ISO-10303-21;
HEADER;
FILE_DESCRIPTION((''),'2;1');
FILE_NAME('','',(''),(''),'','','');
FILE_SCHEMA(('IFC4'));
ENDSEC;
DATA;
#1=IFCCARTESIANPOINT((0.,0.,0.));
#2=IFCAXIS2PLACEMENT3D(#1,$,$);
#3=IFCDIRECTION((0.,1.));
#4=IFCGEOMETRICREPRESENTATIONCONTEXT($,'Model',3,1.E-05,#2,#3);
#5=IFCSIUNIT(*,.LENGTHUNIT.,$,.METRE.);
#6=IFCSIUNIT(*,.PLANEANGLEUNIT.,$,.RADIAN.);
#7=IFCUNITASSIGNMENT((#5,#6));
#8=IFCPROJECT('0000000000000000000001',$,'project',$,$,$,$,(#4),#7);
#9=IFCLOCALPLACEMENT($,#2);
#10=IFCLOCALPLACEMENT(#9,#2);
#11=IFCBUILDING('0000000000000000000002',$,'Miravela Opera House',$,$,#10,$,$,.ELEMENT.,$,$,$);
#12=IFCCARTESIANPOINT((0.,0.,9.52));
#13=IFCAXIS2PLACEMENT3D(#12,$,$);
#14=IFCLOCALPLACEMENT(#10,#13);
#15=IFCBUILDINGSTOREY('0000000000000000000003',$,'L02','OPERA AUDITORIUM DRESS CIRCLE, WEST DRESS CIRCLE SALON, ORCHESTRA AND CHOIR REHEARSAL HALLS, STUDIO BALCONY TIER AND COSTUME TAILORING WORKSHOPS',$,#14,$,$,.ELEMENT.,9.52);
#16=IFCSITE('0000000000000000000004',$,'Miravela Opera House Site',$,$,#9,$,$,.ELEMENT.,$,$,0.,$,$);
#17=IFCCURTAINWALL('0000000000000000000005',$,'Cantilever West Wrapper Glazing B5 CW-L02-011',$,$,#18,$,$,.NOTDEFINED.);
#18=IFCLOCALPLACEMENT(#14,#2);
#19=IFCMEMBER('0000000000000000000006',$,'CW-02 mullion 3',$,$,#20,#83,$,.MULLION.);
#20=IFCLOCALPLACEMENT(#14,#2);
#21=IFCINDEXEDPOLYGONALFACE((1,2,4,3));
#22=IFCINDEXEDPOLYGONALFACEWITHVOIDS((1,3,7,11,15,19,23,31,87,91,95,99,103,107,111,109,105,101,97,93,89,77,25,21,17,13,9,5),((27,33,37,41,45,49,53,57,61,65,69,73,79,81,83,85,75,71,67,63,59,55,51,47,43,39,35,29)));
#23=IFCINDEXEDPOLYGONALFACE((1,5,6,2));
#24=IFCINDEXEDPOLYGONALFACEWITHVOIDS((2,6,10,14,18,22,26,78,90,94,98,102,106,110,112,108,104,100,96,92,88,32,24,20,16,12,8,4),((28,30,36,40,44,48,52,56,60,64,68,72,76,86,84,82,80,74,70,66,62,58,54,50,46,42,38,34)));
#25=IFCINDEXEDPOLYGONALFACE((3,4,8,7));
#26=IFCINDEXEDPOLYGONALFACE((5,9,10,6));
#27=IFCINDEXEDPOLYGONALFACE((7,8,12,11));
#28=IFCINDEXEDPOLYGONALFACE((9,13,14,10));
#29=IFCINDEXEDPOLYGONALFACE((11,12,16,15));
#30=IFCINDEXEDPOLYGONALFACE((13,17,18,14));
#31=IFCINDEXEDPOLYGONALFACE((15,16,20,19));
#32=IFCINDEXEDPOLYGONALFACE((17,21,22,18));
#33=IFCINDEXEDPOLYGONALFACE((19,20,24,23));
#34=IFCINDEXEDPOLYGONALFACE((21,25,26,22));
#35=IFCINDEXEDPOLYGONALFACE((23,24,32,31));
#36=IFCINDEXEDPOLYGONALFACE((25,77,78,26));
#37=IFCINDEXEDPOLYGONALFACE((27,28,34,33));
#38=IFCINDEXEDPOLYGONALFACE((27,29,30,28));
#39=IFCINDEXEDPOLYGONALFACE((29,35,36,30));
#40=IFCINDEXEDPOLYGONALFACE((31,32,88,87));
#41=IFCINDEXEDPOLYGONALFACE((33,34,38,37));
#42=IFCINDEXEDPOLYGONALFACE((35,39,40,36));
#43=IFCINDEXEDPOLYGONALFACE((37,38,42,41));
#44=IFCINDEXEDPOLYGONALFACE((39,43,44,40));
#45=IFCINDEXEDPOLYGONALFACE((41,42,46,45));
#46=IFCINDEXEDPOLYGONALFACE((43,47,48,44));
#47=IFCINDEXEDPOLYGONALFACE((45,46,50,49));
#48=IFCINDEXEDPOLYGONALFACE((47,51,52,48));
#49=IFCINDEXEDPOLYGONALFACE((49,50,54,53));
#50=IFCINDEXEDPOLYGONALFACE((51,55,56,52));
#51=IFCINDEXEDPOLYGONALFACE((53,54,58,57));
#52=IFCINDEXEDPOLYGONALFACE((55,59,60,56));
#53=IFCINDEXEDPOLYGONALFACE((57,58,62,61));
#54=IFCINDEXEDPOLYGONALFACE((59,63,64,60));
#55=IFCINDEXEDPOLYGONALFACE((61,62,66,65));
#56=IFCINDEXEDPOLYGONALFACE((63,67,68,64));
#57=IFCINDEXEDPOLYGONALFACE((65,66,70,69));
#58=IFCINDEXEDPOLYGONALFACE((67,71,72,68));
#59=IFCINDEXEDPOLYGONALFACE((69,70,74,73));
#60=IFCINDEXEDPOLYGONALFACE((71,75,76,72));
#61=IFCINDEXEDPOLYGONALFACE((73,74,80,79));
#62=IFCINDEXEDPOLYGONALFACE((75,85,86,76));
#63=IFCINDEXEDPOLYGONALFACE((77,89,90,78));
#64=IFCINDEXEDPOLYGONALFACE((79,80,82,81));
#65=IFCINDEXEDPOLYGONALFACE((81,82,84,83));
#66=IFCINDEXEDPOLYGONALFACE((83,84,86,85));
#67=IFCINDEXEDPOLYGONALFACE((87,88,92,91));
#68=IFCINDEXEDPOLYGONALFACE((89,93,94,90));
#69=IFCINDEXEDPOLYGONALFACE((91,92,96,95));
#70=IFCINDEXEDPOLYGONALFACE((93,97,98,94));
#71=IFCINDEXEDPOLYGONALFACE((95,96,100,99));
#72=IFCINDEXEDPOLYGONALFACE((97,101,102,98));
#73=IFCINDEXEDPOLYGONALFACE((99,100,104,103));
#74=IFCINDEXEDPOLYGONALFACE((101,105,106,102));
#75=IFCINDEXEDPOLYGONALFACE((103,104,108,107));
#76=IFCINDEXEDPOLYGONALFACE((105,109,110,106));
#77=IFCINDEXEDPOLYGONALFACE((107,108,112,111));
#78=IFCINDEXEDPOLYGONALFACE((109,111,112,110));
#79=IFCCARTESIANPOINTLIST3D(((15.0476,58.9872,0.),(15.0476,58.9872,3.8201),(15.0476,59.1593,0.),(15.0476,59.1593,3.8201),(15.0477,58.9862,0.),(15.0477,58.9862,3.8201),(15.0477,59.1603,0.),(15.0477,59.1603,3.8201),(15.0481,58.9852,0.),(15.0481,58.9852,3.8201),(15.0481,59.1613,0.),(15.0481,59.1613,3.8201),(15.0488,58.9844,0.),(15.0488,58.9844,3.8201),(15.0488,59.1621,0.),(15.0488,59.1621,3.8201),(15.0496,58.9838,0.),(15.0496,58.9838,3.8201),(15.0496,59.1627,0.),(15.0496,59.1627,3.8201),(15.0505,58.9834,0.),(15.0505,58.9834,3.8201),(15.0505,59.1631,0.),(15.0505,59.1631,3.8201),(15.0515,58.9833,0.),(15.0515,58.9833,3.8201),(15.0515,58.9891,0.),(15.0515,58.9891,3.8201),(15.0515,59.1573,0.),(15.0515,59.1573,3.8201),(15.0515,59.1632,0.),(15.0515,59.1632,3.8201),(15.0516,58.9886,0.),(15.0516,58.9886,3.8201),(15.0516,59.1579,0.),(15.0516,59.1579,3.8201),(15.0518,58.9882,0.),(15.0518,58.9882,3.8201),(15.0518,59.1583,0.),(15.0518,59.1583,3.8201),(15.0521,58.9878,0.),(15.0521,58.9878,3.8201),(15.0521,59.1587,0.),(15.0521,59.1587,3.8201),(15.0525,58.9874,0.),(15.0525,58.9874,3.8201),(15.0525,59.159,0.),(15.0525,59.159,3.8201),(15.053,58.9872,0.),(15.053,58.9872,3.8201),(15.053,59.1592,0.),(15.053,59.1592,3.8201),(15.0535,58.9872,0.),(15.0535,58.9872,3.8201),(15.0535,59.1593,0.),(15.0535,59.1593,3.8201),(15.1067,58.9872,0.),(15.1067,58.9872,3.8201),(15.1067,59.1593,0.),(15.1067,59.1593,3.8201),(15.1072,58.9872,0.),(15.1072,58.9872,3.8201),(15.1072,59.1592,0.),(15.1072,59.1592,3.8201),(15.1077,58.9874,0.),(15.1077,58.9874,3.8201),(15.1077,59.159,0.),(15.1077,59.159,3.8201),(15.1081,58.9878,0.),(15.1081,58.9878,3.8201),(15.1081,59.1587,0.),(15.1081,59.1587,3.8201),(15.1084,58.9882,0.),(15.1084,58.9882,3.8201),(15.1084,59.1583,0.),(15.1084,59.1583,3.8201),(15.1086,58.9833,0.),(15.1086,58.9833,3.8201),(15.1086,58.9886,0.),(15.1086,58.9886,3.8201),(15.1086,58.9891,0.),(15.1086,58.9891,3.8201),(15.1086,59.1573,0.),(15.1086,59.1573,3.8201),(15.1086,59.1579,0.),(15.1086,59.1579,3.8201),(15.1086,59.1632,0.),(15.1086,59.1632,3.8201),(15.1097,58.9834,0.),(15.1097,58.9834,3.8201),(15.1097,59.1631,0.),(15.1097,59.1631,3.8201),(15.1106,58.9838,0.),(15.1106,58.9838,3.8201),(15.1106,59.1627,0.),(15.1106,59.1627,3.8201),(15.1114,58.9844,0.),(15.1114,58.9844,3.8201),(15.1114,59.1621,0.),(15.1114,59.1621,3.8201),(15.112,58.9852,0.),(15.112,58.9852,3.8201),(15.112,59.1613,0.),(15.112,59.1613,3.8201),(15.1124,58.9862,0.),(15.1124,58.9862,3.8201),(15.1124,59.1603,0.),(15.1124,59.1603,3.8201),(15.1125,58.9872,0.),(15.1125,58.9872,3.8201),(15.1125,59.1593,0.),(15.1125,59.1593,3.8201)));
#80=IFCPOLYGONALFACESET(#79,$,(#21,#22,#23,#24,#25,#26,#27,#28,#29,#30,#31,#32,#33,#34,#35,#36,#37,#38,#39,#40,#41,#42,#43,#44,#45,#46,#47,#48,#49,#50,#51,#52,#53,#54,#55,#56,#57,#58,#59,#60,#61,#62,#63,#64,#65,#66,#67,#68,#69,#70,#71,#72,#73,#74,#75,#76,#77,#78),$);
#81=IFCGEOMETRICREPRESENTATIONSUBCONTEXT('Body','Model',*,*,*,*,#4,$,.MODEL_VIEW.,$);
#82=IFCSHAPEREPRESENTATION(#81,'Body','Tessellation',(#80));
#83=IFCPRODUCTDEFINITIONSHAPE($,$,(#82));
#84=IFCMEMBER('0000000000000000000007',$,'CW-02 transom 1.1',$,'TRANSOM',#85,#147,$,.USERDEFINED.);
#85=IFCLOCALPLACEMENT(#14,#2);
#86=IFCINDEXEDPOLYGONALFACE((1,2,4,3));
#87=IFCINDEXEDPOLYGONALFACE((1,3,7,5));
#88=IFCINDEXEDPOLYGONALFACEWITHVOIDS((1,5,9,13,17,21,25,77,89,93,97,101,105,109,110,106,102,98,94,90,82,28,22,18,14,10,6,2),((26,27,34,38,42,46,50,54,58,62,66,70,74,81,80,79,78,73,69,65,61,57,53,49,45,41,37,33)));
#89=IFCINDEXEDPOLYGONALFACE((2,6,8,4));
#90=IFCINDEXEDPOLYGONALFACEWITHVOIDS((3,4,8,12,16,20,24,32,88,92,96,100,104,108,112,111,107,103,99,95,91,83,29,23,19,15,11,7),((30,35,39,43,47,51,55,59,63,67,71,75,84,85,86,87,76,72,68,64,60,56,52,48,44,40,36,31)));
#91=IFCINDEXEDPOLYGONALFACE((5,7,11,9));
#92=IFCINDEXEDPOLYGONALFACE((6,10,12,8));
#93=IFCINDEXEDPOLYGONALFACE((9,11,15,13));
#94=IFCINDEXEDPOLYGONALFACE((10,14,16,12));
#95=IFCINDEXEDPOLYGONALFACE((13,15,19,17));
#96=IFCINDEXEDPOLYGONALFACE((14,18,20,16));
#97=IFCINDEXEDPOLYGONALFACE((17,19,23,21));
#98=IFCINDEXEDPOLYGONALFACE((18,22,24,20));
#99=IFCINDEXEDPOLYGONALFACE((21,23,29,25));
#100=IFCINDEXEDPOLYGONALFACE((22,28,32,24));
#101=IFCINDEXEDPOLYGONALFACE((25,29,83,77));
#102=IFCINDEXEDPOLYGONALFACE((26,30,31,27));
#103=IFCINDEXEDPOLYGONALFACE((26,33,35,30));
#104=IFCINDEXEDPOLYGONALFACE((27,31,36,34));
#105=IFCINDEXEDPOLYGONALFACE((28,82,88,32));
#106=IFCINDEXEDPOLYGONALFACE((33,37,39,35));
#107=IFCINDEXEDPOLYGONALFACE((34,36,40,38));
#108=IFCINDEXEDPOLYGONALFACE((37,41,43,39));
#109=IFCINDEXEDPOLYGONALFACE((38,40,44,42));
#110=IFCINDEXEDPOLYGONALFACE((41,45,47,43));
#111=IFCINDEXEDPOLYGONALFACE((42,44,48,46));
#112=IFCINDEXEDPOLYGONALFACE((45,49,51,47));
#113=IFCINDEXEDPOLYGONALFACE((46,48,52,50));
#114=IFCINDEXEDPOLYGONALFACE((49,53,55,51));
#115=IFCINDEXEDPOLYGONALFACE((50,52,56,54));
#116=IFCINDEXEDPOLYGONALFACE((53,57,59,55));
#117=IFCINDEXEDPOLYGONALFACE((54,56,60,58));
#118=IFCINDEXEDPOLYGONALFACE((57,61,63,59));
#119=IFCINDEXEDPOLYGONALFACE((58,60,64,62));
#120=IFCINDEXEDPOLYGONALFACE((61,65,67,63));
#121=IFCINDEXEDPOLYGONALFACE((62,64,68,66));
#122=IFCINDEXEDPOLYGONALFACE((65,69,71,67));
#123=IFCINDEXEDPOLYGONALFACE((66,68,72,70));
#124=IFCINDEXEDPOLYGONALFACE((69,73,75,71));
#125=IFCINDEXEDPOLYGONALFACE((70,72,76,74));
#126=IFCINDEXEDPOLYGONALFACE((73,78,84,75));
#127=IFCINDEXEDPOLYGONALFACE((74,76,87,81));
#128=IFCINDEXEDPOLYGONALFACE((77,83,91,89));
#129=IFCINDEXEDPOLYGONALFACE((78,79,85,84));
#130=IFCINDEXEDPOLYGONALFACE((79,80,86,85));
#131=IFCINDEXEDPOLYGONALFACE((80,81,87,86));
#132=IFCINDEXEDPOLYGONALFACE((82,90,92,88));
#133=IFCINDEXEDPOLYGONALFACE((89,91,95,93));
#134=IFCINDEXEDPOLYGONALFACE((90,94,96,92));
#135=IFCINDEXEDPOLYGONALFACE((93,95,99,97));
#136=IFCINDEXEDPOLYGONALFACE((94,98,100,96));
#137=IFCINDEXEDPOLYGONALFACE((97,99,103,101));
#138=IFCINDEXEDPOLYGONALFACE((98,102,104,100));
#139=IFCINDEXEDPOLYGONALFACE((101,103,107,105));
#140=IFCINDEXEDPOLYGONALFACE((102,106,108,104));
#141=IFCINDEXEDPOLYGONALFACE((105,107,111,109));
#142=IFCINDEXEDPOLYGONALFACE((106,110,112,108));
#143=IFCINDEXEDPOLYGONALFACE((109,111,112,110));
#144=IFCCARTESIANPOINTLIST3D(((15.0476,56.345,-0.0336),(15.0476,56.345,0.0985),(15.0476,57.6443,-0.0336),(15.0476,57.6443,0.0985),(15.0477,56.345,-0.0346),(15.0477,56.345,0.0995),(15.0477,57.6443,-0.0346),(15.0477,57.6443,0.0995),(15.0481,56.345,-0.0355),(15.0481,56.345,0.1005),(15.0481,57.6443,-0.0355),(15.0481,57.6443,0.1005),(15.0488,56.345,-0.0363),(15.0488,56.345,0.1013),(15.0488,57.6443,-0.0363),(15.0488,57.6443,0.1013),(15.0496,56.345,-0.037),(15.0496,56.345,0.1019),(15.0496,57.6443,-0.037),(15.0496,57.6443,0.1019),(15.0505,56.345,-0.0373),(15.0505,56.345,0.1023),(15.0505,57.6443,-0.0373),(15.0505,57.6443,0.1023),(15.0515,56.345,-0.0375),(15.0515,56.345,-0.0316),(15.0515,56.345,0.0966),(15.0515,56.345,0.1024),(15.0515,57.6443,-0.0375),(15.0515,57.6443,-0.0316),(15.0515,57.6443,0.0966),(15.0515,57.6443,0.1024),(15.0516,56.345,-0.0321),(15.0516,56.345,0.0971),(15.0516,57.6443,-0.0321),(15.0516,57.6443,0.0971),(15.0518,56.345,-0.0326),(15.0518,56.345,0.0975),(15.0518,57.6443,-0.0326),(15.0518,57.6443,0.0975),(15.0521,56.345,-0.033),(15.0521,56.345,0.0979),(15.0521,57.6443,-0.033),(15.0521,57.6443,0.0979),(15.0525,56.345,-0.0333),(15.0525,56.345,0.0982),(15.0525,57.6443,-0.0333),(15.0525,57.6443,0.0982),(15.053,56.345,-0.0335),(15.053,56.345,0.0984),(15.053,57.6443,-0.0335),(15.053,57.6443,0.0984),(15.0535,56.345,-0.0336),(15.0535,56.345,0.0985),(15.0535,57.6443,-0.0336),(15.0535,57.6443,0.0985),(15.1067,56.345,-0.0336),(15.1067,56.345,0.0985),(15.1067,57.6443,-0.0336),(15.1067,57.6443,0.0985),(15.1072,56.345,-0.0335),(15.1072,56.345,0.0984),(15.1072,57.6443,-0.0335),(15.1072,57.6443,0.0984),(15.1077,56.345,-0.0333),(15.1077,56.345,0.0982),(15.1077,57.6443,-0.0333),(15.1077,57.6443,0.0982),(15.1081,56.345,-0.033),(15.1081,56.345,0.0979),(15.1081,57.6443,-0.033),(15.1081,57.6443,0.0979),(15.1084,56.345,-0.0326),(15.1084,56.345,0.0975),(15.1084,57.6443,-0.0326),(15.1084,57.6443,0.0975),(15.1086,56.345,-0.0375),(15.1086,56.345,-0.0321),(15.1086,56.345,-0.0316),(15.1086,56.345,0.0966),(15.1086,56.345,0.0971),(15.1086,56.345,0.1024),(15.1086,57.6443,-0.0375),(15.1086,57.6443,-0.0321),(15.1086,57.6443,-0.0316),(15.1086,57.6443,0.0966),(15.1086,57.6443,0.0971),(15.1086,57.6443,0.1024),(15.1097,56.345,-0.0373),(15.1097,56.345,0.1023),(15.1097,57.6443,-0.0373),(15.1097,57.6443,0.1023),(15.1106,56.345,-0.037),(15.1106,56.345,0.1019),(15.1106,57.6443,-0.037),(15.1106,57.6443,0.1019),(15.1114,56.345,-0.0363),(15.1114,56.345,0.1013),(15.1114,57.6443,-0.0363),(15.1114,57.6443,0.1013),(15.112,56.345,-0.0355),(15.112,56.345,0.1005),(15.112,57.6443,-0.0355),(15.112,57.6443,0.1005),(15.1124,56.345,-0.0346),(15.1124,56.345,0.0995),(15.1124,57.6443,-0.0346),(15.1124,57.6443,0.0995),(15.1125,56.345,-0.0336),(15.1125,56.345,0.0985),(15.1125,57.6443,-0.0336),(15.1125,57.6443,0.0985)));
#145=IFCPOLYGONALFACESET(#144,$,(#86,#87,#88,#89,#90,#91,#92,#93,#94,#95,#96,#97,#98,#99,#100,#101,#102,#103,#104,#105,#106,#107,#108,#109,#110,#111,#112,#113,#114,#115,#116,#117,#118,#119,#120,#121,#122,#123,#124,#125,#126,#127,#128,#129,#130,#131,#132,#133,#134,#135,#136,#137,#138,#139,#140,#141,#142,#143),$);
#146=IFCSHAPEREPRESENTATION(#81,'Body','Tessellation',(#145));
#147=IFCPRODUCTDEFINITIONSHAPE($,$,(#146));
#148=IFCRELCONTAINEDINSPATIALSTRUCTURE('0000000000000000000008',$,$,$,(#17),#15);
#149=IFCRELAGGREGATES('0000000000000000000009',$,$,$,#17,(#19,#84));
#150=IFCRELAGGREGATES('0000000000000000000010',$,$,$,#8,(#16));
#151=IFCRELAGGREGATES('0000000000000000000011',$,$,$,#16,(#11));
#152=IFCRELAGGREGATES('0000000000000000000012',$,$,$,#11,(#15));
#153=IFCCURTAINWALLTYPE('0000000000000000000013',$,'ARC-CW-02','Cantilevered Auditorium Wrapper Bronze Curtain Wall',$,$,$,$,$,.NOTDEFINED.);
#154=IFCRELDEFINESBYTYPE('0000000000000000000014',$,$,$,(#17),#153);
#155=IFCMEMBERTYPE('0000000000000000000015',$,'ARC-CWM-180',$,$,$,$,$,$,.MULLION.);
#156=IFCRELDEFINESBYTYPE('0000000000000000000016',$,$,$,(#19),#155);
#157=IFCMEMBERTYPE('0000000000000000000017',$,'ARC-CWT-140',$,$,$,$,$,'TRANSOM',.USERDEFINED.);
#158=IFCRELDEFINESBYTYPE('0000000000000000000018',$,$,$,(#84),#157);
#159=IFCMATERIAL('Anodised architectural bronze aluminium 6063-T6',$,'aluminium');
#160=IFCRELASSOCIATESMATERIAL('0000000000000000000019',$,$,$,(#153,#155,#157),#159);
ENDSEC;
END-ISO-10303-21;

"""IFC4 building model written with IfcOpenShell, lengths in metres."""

from ifc_helpers import new_model, si_unit, direction, frame, origin, origin_2d, place, context, subcontext, project, spatial, hollow_rectangle, extrude, material, material_profile, profile_set, type_object, element, aggregate, save


model = new_model("IFC4")

# Units and contexts
model_context = context("Model", 3, precision=1e-05, world=origin(), true_north=direction((0.0, 1.0)))
body_context = subcontext(model_context, "Body", "Model", "MODEL_VIEW")
ifc_project = project(units=[si_unit("LENGTHUNIT", "METRE"), si_unit("PLANEANGLEUNIT", "RADIAN")], contexts=[model_context])

# Site, building, storey
site_placement = place(None, origin())
site = spatial("IfcSite", under=ifc_project, at=site_placement, Name="Miravela Opera House Site", CompositionType="ELEMENT", RefElevation=0.0)
building_placement = place(site_placement, origin())
building = spatial("IfcBuilding", under=site, at=building_placement, Name="Miravela Opera House", CompositionType="ELEMENT")
storey_placement = place(building_placement, frame((0.0, 0.0, 9.52)))
storey = spatial("IfcBuildingStorey", under=building, at=storey_placement, Name="L02", Description="OPERA AUDITORIUM DRESS CIRCLE, WEST DRESS CIRCLE SALON, ORCHESTRA AND CHOIR REHEARSAL HALLS, STUDIO BALCONY TIER AND COSTUME TAILORING WORKSHOPS", CompositionType="ELEMENT", Elevation=9.52)

# Curtain wall, members
ifc_material_1 = material(Name="Anodised architectural bronze aluminium 6063-T6", Category="aluminium")
curtain_wall_type = type_object("IfcCurtainWallType", Name="ARC-CW-02", Description="Cantilevered Auditorium Wrapper Bronze Curtain Wall", PredefinedType="NOTDEFINED", material=ifc_material_1)
curtain_wall_placement = place(storey_placement, origin())
curtain_wall = element("IfcCurtainWall", 1, at=curtain_wall_placement, inside=storey, type_object=curtain_wall_type, Name="Cantilever West Wrapper Glazing B5 CW-L02-011", PredefinedType="NOTDEFINED")
ifc_material_profile_1 = material_profile(ifc_material_1, hollow_rectangle(XDim=0.0649, YDim=0.1799, WallThickness=0.0039, InnerFilletRadius=0.002, OuterFilletRadius=0.0039, at=origin_2d()), Name="CWM-65X180")
ifc_profile_set_1 = profile_set([ifc_material_profile_1])
member_type_1 = type_object("IfcMemberType", Name="ARC-CWM-180", PredefinedType="MULLION", material=ifc_profile_set_1)
member_1_placement = place(storey_placement, frame((15.0801, 59.0732, 0.0), z_axis=(0.0, 0.0, 1.0), x_axis=(-1.0, 0.0, 0.0)))
member_1 = element("IfcMember", 2, at=member_1_placement, type_object=member_type_1, Name="CW-02 mullion 3", PredefinedType="MULLION", context=body_context, shape_type="SweptSolid", body=[
    extrude(hollow_rectangle(XDim=0.0649, YDim=0.1799, WallThickness=0.0039, InnerFilletRadius=0.002, OuterFilletRadius=0.0039, at=origin_2d()), origin(), (0.0, 0.0, 1.0), 3.8201),
])
ifc_material_profile_2 = material_profile(ifc_material_1, hollow_rectangle(XDim=0.0649, YDim=0.1399, WallThickness=0.0039, InnerFilletRadius=0.002, OuterFilletRadius=0.0039, at=origin_2d()), Name="CWT-65X140")
ifc_profile_set_2 = profile_set([ifc_material_profile_2])
member_type_2 = type_object("IfcMemberType", Name="ARC-CWT-140", ElementType="TRANSOM", PredefinedType="USERDEFINED", material=ifc_profile_set_2)
member_2_placement = place(storey_placement, frame((15.0801, 56.345, 0.0325), z_axis=(0.0, 1.0, 0.0), x_axis=(-1.0, 0.0, 0.0)))
member_2 = element("IfcMember", 3, at=member_2_placement, type_object=member_type_2, Name="CW-02 transom 1.1", ObjectType="TRANSOM", PredefinedType="USERDEFINED", context=body_context, shape_type="SweptSolid", body=[
    extrude(hollow_rectangle(XDim=0.0649, YDim=0.1399, WallThickness=0.0039, InnerFilletRadius=0.002, OuterFilletRadius=0.0039, at=origin_2d()), origin(), (0.0, 0.0, 1.0), 1.2993),
])

aggregate(curtain_wall, [member_1, member_2])

save(model, "model.ifc")
